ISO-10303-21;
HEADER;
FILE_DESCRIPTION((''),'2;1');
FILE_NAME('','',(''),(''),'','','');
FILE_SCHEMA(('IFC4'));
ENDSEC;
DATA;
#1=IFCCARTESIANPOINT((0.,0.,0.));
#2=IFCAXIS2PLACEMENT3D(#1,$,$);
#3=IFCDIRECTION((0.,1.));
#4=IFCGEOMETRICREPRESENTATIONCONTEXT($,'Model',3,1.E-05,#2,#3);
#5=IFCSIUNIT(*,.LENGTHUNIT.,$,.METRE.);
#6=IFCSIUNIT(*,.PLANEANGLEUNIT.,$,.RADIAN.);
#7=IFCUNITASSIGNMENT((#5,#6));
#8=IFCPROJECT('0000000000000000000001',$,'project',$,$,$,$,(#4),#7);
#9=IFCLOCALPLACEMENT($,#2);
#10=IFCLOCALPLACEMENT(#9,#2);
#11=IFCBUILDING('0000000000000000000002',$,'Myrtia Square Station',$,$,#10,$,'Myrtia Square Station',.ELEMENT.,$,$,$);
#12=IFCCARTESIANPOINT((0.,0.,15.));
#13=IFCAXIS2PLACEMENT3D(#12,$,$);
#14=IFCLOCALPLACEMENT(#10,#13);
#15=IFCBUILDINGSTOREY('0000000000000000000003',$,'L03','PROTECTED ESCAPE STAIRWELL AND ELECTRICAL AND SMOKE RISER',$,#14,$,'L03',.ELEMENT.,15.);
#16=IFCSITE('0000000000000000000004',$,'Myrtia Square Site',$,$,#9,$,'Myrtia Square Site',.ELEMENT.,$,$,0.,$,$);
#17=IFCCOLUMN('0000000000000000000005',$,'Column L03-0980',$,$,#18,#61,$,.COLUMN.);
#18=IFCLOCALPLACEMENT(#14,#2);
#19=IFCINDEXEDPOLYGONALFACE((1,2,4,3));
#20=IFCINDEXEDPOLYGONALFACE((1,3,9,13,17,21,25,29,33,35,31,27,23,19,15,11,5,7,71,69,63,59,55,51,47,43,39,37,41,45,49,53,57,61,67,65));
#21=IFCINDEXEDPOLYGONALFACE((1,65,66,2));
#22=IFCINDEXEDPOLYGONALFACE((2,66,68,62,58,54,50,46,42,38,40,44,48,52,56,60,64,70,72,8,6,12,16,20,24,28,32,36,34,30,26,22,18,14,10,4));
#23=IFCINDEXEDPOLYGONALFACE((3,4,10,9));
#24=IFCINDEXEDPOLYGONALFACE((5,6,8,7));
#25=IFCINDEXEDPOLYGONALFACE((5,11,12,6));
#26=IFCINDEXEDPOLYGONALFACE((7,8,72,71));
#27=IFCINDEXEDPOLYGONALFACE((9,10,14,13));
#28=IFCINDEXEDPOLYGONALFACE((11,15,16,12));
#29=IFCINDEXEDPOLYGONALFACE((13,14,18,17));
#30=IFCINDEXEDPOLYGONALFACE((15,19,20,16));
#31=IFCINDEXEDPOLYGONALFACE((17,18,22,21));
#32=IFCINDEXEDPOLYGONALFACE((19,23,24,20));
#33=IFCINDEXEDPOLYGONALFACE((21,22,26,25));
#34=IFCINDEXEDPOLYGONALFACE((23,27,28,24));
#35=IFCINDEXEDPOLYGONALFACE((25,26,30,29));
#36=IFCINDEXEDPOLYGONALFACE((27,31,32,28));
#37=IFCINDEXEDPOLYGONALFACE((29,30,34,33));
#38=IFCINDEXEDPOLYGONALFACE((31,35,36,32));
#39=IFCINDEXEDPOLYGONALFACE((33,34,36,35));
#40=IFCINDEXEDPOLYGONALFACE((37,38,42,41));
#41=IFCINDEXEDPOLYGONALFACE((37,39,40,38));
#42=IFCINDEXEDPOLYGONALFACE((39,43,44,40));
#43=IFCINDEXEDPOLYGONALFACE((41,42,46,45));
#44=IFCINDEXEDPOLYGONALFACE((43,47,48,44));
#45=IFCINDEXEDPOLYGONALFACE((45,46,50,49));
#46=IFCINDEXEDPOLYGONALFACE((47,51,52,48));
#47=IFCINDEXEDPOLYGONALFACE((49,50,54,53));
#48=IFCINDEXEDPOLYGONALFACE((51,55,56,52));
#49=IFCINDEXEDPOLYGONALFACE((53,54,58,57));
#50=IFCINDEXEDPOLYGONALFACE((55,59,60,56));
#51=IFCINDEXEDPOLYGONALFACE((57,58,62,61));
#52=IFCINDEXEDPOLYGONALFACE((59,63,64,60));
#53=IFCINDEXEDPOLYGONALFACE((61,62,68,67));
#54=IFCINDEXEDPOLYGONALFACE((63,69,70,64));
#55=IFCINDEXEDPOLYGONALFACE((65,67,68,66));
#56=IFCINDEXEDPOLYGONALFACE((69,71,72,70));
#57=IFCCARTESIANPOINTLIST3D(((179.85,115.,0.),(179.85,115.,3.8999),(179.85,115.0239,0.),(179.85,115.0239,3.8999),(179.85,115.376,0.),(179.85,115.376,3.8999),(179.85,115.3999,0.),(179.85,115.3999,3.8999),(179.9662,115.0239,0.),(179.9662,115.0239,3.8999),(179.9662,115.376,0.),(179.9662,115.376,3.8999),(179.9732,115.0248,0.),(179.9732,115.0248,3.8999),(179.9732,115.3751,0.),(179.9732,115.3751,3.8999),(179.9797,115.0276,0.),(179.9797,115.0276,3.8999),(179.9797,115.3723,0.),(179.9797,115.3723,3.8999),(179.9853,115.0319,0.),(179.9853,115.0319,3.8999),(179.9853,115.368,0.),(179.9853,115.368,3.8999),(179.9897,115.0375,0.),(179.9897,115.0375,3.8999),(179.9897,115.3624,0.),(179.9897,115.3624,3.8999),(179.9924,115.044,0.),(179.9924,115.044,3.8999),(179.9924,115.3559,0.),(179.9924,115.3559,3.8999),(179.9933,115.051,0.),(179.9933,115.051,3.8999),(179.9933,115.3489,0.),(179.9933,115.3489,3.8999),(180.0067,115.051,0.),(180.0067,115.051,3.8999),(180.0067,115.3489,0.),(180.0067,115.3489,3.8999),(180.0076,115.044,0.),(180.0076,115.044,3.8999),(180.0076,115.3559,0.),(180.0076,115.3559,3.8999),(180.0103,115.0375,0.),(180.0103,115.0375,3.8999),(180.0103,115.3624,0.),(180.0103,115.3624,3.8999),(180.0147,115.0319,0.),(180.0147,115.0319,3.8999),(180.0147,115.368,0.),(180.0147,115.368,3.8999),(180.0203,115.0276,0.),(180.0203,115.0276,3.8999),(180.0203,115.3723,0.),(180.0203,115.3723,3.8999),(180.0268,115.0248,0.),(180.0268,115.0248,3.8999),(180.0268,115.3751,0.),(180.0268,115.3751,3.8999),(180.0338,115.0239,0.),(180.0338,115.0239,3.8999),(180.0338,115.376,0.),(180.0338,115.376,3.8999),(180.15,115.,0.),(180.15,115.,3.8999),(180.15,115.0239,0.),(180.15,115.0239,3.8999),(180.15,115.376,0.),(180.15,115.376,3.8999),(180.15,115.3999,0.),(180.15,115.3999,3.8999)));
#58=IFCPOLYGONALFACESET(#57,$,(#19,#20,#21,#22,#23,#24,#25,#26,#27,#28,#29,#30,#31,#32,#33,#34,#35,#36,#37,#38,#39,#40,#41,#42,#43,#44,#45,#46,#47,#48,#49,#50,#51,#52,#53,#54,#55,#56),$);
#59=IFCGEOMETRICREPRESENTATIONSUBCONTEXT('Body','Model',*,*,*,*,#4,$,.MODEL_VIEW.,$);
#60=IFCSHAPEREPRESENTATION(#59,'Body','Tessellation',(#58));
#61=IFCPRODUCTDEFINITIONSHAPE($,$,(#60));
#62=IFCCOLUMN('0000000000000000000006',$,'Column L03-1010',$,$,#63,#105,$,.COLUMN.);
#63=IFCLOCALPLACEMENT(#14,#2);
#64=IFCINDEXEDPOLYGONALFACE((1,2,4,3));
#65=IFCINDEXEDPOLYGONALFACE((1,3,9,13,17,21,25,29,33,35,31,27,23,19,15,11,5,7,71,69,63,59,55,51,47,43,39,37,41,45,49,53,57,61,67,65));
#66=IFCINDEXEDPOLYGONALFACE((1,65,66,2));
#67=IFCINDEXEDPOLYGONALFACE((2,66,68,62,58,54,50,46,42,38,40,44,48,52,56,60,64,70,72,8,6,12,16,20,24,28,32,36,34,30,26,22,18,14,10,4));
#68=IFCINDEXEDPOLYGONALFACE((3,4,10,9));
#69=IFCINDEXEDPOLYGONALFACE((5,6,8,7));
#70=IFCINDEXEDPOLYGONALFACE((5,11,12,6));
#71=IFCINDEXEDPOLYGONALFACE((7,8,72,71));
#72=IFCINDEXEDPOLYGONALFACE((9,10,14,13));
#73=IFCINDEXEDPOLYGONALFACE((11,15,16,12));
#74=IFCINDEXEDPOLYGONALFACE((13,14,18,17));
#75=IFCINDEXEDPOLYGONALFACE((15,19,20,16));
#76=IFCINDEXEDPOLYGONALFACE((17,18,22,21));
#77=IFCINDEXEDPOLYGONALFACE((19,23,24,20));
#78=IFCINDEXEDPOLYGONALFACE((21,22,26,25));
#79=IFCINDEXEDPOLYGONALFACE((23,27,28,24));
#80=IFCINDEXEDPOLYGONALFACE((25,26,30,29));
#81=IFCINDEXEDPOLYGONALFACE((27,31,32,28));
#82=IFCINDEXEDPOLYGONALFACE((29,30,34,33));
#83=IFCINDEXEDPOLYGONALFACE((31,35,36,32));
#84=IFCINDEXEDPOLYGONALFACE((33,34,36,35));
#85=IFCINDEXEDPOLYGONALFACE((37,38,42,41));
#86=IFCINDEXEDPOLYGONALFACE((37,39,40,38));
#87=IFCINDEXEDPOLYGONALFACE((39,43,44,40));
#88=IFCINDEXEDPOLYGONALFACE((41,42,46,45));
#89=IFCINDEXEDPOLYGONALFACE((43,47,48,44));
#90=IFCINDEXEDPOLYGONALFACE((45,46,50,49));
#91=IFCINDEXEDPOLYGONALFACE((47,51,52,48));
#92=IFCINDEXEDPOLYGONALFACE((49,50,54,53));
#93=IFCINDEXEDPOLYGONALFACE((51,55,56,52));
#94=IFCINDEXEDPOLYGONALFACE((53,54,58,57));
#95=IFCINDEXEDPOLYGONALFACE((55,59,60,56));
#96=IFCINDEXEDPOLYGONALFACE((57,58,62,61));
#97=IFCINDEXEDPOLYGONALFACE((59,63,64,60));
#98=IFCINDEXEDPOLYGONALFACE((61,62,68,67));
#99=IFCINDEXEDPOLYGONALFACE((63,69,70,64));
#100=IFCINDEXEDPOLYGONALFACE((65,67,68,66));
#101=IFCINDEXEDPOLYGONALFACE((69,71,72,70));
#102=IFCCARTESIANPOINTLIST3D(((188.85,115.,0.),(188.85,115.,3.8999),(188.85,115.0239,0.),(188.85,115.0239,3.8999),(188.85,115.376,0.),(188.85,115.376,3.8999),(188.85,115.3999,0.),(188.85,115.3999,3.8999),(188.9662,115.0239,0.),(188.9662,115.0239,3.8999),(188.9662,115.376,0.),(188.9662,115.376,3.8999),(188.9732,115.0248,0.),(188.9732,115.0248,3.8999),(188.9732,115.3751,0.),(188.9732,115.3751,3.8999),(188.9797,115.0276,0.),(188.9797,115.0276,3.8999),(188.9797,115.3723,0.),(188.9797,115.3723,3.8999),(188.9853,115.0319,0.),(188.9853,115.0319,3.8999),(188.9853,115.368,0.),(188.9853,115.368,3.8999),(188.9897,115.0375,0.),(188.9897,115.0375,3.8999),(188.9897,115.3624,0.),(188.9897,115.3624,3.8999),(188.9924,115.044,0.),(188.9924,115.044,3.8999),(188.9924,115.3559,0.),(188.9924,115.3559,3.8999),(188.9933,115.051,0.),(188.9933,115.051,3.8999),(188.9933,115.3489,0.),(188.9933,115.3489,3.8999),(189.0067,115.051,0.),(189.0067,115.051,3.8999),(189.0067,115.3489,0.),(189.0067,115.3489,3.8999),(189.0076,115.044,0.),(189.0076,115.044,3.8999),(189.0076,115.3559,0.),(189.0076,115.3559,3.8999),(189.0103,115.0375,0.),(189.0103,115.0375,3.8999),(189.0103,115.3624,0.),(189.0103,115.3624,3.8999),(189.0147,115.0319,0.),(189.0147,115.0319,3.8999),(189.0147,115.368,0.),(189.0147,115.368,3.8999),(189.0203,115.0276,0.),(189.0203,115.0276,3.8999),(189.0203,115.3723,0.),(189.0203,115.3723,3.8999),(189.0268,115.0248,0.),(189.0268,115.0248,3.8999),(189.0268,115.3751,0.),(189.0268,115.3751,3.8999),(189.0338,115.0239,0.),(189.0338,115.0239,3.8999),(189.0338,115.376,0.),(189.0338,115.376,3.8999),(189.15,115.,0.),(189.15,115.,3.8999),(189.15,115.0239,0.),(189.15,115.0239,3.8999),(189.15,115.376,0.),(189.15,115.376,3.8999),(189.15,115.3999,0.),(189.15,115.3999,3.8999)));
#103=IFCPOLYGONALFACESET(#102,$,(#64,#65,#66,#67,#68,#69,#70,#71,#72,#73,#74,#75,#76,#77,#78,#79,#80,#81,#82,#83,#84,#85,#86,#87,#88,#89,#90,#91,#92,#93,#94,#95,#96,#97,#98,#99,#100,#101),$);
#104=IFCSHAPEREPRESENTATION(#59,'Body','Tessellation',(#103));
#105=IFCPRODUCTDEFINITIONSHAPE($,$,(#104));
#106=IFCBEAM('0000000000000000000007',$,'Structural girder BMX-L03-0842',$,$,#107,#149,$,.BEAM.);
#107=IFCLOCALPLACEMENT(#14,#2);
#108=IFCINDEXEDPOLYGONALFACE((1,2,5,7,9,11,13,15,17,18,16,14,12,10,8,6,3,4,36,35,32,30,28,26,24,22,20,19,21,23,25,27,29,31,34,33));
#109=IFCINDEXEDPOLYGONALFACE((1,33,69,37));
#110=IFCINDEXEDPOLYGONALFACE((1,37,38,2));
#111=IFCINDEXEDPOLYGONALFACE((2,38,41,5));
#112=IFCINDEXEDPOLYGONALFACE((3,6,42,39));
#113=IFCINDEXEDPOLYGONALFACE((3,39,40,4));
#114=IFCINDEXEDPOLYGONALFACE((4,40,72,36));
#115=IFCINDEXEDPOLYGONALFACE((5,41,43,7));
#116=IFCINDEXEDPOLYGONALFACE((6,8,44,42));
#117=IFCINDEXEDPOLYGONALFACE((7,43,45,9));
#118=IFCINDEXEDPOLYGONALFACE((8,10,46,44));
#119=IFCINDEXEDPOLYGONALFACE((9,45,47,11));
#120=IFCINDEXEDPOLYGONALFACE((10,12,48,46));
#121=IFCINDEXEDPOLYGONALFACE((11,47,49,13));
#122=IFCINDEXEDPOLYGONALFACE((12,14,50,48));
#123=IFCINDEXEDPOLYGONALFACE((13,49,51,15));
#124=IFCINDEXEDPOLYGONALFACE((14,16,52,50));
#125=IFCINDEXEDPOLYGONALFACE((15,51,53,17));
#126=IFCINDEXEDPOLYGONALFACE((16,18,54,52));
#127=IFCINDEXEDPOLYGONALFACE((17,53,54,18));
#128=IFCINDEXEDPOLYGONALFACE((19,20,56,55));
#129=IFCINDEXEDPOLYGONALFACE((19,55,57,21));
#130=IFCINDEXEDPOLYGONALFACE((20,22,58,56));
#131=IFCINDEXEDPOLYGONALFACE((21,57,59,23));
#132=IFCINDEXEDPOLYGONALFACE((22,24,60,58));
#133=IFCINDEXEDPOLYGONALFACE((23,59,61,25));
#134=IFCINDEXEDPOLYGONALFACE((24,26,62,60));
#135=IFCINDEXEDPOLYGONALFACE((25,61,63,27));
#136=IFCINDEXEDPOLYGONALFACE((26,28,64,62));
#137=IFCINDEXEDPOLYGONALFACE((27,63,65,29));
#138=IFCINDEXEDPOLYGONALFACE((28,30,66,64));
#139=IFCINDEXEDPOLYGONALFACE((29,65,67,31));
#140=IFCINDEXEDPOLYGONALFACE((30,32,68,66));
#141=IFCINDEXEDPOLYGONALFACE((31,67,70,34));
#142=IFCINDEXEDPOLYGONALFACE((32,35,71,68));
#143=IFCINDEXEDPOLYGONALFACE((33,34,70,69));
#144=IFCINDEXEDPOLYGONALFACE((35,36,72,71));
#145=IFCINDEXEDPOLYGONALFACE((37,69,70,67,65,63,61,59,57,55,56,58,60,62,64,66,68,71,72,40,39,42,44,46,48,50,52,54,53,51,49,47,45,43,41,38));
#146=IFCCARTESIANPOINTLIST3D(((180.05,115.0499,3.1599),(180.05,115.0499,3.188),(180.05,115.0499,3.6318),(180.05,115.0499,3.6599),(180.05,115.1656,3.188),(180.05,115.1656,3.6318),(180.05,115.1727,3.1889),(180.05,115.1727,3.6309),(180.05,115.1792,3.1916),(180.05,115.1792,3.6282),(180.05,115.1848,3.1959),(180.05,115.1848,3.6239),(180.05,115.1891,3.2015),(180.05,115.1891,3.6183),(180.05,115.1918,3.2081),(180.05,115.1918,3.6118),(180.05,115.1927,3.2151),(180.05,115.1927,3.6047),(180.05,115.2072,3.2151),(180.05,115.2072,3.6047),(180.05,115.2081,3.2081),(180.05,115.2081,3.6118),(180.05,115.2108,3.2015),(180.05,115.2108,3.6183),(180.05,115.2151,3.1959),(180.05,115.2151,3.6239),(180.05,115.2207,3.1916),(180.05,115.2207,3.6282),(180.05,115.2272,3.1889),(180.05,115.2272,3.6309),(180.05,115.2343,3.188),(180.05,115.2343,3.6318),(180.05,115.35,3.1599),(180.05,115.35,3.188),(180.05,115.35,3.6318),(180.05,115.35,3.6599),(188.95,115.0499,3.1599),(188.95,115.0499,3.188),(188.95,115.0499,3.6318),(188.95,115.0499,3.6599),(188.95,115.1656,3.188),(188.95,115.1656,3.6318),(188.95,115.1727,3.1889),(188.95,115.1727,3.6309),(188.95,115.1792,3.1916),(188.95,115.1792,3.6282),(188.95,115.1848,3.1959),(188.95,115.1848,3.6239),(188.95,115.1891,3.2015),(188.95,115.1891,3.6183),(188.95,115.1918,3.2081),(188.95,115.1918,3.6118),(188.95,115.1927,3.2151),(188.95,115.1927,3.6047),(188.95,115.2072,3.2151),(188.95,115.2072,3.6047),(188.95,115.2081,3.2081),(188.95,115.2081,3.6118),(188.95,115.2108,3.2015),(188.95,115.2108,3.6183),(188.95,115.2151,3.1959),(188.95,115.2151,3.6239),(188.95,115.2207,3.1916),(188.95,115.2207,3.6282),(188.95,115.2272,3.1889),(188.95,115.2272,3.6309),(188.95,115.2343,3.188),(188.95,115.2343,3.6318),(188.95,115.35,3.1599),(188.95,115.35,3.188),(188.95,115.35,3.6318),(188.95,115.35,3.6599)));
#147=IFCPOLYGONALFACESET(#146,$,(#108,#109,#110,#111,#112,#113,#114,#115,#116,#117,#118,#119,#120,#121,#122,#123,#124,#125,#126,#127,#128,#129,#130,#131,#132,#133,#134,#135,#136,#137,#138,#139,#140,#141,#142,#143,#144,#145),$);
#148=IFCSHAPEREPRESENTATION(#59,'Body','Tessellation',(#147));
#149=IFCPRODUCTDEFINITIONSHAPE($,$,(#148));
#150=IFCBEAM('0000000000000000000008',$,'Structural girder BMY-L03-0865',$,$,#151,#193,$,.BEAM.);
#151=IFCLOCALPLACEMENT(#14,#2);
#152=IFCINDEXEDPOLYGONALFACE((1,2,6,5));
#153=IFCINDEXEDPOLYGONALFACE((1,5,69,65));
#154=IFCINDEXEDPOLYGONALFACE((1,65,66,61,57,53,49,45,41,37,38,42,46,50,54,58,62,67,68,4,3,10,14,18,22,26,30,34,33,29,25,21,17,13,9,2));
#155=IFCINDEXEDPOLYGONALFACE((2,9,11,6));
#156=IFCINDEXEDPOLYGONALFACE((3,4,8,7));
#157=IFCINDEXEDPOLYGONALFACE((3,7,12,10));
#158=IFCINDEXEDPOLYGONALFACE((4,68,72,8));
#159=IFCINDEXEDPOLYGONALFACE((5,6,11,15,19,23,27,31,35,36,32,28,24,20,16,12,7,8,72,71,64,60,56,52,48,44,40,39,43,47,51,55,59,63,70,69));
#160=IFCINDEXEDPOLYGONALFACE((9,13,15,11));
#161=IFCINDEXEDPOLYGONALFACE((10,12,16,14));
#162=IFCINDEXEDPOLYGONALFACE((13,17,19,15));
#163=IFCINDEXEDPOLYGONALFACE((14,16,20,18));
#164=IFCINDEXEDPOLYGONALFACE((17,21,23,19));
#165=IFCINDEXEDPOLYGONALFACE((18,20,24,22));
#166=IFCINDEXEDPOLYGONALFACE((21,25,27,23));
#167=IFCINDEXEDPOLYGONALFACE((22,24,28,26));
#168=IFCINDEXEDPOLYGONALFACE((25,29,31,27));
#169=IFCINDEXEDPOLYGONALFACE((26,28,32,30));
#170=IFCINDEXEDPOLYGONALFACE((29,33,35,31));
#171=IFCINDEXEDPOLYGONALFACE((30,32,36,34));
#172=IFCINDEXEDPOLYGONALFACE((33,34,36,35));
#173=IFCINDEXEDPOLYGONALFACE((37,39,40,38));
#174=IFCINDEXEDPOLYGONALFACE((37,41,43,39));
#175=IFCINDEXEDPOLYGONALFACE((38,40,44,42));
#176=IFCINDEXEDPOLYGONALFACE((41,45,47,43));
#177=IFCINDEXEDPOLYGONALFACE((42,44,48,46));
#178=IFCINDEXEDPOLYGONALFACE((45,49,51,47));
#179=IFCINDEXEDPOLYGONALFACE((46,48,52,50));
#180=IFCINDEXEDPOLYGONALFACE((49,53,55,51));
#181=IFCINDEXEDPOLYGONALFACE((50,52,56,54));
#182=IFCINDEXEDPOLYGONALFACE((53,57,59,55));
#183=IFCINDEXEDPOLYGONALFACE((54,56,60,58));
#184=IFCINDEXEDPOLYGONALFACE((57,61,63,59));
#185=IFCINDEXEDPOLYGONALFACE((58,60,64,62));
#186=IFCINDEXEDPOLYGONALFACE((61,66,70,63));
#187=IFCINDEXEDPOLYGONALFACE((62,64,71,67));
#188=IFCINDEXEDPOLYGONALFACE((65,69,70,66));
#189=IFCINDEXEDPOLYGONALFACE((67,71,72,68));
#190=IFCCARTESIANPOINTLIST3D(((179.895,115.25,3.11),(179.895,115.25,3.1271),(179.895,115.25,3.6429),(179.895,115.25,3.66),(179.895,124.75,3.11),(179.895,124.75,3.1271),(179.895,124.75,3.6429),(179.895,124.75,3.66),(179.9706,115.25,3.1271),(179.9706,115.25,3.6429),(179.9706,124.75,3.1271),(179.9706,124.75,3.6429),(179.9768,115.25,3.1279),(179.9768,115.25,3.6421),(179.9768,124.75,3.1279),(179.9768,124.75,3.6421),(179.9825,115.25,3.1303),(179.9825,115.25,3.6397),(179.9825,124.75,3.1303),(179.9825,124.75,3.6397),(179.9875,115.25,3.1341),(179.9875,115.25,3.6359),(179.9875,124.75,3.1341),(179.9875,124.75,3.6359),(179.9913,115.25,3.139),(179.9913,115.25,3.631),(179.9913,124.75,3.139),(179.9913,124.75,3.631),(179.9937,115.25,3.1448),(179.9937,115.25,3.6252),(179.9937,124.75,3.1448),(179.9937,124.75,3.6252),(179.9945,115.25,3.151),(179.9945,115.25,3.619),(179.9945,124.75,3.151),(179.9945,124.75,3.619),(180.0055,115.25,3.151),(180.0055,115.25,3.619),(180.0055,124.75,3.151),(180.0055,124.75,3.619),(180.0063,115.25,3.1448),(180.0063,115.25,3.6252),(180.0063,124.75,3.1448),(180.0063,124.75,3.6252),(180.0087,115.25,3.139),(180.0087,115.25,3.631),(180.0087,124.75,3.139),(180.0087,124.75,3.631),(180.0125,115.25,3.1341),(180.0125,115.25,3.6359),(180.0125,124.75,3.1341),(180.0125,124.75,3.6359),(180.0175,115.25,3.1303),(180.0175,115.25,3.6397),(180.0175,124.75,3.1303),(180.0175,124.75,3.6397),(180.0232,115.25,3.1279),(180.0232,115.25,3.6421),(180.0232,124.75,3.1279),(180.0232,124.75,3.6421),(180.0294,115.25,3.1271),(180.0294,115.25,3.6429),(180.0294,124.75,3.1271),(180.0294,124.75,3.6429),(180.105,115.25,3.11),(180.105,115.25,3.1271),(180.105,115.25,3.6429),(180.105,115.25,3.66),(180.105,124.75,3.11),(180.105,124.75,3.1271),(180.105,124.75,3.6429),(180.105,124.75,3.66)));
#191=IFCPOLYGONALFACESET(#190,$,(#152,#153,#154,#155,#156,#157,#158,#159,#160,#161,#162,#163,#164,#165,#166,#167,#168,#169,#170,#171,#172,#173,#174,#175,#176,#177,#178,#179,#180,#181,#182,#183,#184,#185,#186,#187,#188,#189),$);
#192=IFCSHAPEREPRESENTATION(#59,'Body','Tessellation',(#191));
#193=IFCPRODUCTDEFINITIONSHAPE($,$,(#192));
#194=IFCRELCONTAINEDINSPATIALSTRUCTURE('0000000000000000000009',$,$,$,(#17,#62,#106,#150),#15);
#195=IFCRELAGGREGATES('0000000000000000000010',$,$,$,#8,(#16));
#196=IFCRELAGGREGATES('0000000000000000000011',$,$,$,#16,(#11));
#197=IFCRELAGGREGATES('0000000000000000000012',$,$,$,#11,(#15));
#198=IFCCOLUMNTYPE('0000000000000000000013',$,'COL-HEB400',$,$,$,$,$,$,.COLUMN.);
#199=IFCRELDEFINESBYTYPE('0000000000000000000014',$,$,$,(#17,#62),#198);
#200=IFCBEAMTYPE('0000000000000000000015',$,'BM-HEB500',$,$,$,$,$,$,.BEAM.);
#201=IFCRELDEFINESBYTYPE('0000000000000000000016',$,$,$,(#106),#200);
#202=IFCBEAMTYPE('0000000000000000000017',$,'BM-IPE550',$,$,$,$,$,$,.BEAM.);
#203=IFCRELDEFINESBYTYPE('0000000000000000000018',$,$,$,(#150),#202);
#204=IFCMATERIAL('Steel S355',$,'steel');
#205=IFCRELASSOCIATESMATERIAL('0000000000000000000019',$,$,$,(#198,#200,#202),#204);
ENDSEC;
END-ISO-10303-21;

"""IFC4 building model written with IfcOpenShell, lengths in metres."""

from ifc_helpers import new_model, si_unit, direction, frame, origin, origin_2d, place, context, subcontext, project, spatial, i_section, extrude, material, material_profile, profile_set, type_object, element, save


model = new_model("IFC4")

# Units and contexts
model_context = context("Model", 3, precision=1e-05, world=origin(), true_north=direction((0.0, 1.0)))
body_context = subcontext(model_context, "Body", "Model", "MODEL_VIEW")
ifc_project = project(units=[si_unit("LENGTHUNIT", "METRE"), si_unit("PLANEANGLEUNIT", "RADIAN")], contexts=[model_context])

# Site, building, storey
site_placement = place(None, origin())
site = spatial("IfcSite", under=ifc_project, at=site_placement, Name="Myrtia Square Site", LongName="Myrtia Square Site", CompositionType="ELEMENT", RefElevation=0.0)
building_placement = place(site_placement, origin())
building = spatial("IfcBuilding", under=site, at=building_placement, Name="Myrtia Square Station", LongName="Myrtia Square Station", CompositionType="ELEMENT")
storey_placement = place(building_placement, frame((0.0, 0.0, 15.0)))
storey = spatial("IfcBuildingStorey", under=building, at=storey_placement, Name="L03", Description="PROTECTED ESCAPE STAIRWELL AND ELECTRICAL AND SMOKE RISER", LongName="L03", CompositionType="ELEMENT", Elevation=15.0)

# Columns
ifc_material_1 = material(Name="Steel S355", Category="steel")
ifc_material_profile_1 = material_profile(ifc_material_1, i_section(OverallWidth=0.3, OverallDepth=0.3999, WebThickness=0.0134, FlangeThickness=0.0239, FilletRadius=0.0271, at=origin_2d()), Name="HEB 400")
ifc_profile_set_1 = profile_set([ifc_material_profile_1], Name="Steel S355")
column_type = type_object("IfcColumnType", Name="COL-HEB400", PredefinedType="COLUMN", material=ifc_profile_set_1)
for number, where, z_axis, x_axis, name in (
    (1, (180.0, 115.2, 0.0), (0.0, 0.0, 1.0), (1.0, 0.0, 0.0), "Column L03-0980"),
    (2, (189.0, 115.2, 0.0), (0.0, 0.0, 1.0), (1.0, 0.0, 0.0), "Column L03-1010"),
):
    element("IfcColumn", number, at=place(storey_placement, frame(where, z_axis=z_axis, x_axis=x_axis)), inside=storey, type_object=column_type, Name=name, PredefinedType="COLUMN", context=body_context, shape_type="SweptSolid", body=[
        extrude(i_section(OverallWidth=0.3, OverallDepth=0.3999, WebThickness=0.0134, FlangeThickness=0.0239, FilletRadius=0.0271, at=origin_2d()), origin(), (0.0, 0.0, 1.0), 3.8999),
    ])

# Beams
ifc_material_profile_2 = material_profile(ifc_material_1, i_section(OverallWidth=0.3, OverallDepth=0.5, WebThickness=0.0144, FlangeThickness=0.0281, FilletRadius=0.0271, at=origin_2d()), Name="HEB 500")
ifc_profile_set_2 = profile_set([ifc_material_profile_2], Name="Steel S355")
beam_type_1 = type_object("IfcBeamType", Name="BM-HEB500", PredefinedType="BEAM", material=ifc_profile_set_2)
beam_1_placement = place(storey_placement, frame((180.05, 115.2, 3.4099), z_axis=(1.0, 0.0, 0.0), x_axis=(0.0, 1.0, 0.0)))
element("IfcBeam", 3, at=beam_1_placement, inside=storey, type_object=beam_type_1, Name="Structural girder BMX-L03-0842", PredefinedType="BEAM", context=body_context, shape_type="SweptSolid", body=[
    extrude(i_section(OverallWidth=0.3, OverallDepth=0.5, WebThickness=0.0144, FlangeThickness=0.0281, FilletRadius=0.0271, at=origin_2d()), origin(), (0.0, 0.0, 1.0), 8.8999),
])
ifc_material_profile_3 = material_profile(ifc_material_1, i_section(OverallWidth=0.21, OverallDepth=0.55, WebThickness=0.011, FlangeThickness=0.0171, FilletRadius=0.0239, at=origin_2d()), Name="IPE 550")
ifc_profile_set_3 = profile_set([ifc_material_profile_3], Name="Steel S355")
beam_type_2 = type_object("IfcBeamType", Name="BM-IPE550", PredefinedType="BEAM", material=ifc_profile_set_3)
beam_2_placement = place(storey_placement, frame((180.0, 115.25, 3.385), z_axis=(0.0, 1.0, 0.0), x_axis=(-1.0, 0.0, 0.0)))
element("IfcBeam", 4, at=beam_2_placement, inside=storey, type_object=beam_type_2, Name="Structural girder BMY-L03-0865", PredefinedType="BEAM", context=body_context, shape_type="SweptSolid", body=[
    extrude(i_section(OverallWidth=0.21, OverallDepth=0.55, WebThickness=0.011, FlangeThickness=0.0171, FilletRadius=0.0239, at=origin_2d()), origin(), (0.0, 0.0, 1.0), 9.5),
])

save(model, "model.ifc")
